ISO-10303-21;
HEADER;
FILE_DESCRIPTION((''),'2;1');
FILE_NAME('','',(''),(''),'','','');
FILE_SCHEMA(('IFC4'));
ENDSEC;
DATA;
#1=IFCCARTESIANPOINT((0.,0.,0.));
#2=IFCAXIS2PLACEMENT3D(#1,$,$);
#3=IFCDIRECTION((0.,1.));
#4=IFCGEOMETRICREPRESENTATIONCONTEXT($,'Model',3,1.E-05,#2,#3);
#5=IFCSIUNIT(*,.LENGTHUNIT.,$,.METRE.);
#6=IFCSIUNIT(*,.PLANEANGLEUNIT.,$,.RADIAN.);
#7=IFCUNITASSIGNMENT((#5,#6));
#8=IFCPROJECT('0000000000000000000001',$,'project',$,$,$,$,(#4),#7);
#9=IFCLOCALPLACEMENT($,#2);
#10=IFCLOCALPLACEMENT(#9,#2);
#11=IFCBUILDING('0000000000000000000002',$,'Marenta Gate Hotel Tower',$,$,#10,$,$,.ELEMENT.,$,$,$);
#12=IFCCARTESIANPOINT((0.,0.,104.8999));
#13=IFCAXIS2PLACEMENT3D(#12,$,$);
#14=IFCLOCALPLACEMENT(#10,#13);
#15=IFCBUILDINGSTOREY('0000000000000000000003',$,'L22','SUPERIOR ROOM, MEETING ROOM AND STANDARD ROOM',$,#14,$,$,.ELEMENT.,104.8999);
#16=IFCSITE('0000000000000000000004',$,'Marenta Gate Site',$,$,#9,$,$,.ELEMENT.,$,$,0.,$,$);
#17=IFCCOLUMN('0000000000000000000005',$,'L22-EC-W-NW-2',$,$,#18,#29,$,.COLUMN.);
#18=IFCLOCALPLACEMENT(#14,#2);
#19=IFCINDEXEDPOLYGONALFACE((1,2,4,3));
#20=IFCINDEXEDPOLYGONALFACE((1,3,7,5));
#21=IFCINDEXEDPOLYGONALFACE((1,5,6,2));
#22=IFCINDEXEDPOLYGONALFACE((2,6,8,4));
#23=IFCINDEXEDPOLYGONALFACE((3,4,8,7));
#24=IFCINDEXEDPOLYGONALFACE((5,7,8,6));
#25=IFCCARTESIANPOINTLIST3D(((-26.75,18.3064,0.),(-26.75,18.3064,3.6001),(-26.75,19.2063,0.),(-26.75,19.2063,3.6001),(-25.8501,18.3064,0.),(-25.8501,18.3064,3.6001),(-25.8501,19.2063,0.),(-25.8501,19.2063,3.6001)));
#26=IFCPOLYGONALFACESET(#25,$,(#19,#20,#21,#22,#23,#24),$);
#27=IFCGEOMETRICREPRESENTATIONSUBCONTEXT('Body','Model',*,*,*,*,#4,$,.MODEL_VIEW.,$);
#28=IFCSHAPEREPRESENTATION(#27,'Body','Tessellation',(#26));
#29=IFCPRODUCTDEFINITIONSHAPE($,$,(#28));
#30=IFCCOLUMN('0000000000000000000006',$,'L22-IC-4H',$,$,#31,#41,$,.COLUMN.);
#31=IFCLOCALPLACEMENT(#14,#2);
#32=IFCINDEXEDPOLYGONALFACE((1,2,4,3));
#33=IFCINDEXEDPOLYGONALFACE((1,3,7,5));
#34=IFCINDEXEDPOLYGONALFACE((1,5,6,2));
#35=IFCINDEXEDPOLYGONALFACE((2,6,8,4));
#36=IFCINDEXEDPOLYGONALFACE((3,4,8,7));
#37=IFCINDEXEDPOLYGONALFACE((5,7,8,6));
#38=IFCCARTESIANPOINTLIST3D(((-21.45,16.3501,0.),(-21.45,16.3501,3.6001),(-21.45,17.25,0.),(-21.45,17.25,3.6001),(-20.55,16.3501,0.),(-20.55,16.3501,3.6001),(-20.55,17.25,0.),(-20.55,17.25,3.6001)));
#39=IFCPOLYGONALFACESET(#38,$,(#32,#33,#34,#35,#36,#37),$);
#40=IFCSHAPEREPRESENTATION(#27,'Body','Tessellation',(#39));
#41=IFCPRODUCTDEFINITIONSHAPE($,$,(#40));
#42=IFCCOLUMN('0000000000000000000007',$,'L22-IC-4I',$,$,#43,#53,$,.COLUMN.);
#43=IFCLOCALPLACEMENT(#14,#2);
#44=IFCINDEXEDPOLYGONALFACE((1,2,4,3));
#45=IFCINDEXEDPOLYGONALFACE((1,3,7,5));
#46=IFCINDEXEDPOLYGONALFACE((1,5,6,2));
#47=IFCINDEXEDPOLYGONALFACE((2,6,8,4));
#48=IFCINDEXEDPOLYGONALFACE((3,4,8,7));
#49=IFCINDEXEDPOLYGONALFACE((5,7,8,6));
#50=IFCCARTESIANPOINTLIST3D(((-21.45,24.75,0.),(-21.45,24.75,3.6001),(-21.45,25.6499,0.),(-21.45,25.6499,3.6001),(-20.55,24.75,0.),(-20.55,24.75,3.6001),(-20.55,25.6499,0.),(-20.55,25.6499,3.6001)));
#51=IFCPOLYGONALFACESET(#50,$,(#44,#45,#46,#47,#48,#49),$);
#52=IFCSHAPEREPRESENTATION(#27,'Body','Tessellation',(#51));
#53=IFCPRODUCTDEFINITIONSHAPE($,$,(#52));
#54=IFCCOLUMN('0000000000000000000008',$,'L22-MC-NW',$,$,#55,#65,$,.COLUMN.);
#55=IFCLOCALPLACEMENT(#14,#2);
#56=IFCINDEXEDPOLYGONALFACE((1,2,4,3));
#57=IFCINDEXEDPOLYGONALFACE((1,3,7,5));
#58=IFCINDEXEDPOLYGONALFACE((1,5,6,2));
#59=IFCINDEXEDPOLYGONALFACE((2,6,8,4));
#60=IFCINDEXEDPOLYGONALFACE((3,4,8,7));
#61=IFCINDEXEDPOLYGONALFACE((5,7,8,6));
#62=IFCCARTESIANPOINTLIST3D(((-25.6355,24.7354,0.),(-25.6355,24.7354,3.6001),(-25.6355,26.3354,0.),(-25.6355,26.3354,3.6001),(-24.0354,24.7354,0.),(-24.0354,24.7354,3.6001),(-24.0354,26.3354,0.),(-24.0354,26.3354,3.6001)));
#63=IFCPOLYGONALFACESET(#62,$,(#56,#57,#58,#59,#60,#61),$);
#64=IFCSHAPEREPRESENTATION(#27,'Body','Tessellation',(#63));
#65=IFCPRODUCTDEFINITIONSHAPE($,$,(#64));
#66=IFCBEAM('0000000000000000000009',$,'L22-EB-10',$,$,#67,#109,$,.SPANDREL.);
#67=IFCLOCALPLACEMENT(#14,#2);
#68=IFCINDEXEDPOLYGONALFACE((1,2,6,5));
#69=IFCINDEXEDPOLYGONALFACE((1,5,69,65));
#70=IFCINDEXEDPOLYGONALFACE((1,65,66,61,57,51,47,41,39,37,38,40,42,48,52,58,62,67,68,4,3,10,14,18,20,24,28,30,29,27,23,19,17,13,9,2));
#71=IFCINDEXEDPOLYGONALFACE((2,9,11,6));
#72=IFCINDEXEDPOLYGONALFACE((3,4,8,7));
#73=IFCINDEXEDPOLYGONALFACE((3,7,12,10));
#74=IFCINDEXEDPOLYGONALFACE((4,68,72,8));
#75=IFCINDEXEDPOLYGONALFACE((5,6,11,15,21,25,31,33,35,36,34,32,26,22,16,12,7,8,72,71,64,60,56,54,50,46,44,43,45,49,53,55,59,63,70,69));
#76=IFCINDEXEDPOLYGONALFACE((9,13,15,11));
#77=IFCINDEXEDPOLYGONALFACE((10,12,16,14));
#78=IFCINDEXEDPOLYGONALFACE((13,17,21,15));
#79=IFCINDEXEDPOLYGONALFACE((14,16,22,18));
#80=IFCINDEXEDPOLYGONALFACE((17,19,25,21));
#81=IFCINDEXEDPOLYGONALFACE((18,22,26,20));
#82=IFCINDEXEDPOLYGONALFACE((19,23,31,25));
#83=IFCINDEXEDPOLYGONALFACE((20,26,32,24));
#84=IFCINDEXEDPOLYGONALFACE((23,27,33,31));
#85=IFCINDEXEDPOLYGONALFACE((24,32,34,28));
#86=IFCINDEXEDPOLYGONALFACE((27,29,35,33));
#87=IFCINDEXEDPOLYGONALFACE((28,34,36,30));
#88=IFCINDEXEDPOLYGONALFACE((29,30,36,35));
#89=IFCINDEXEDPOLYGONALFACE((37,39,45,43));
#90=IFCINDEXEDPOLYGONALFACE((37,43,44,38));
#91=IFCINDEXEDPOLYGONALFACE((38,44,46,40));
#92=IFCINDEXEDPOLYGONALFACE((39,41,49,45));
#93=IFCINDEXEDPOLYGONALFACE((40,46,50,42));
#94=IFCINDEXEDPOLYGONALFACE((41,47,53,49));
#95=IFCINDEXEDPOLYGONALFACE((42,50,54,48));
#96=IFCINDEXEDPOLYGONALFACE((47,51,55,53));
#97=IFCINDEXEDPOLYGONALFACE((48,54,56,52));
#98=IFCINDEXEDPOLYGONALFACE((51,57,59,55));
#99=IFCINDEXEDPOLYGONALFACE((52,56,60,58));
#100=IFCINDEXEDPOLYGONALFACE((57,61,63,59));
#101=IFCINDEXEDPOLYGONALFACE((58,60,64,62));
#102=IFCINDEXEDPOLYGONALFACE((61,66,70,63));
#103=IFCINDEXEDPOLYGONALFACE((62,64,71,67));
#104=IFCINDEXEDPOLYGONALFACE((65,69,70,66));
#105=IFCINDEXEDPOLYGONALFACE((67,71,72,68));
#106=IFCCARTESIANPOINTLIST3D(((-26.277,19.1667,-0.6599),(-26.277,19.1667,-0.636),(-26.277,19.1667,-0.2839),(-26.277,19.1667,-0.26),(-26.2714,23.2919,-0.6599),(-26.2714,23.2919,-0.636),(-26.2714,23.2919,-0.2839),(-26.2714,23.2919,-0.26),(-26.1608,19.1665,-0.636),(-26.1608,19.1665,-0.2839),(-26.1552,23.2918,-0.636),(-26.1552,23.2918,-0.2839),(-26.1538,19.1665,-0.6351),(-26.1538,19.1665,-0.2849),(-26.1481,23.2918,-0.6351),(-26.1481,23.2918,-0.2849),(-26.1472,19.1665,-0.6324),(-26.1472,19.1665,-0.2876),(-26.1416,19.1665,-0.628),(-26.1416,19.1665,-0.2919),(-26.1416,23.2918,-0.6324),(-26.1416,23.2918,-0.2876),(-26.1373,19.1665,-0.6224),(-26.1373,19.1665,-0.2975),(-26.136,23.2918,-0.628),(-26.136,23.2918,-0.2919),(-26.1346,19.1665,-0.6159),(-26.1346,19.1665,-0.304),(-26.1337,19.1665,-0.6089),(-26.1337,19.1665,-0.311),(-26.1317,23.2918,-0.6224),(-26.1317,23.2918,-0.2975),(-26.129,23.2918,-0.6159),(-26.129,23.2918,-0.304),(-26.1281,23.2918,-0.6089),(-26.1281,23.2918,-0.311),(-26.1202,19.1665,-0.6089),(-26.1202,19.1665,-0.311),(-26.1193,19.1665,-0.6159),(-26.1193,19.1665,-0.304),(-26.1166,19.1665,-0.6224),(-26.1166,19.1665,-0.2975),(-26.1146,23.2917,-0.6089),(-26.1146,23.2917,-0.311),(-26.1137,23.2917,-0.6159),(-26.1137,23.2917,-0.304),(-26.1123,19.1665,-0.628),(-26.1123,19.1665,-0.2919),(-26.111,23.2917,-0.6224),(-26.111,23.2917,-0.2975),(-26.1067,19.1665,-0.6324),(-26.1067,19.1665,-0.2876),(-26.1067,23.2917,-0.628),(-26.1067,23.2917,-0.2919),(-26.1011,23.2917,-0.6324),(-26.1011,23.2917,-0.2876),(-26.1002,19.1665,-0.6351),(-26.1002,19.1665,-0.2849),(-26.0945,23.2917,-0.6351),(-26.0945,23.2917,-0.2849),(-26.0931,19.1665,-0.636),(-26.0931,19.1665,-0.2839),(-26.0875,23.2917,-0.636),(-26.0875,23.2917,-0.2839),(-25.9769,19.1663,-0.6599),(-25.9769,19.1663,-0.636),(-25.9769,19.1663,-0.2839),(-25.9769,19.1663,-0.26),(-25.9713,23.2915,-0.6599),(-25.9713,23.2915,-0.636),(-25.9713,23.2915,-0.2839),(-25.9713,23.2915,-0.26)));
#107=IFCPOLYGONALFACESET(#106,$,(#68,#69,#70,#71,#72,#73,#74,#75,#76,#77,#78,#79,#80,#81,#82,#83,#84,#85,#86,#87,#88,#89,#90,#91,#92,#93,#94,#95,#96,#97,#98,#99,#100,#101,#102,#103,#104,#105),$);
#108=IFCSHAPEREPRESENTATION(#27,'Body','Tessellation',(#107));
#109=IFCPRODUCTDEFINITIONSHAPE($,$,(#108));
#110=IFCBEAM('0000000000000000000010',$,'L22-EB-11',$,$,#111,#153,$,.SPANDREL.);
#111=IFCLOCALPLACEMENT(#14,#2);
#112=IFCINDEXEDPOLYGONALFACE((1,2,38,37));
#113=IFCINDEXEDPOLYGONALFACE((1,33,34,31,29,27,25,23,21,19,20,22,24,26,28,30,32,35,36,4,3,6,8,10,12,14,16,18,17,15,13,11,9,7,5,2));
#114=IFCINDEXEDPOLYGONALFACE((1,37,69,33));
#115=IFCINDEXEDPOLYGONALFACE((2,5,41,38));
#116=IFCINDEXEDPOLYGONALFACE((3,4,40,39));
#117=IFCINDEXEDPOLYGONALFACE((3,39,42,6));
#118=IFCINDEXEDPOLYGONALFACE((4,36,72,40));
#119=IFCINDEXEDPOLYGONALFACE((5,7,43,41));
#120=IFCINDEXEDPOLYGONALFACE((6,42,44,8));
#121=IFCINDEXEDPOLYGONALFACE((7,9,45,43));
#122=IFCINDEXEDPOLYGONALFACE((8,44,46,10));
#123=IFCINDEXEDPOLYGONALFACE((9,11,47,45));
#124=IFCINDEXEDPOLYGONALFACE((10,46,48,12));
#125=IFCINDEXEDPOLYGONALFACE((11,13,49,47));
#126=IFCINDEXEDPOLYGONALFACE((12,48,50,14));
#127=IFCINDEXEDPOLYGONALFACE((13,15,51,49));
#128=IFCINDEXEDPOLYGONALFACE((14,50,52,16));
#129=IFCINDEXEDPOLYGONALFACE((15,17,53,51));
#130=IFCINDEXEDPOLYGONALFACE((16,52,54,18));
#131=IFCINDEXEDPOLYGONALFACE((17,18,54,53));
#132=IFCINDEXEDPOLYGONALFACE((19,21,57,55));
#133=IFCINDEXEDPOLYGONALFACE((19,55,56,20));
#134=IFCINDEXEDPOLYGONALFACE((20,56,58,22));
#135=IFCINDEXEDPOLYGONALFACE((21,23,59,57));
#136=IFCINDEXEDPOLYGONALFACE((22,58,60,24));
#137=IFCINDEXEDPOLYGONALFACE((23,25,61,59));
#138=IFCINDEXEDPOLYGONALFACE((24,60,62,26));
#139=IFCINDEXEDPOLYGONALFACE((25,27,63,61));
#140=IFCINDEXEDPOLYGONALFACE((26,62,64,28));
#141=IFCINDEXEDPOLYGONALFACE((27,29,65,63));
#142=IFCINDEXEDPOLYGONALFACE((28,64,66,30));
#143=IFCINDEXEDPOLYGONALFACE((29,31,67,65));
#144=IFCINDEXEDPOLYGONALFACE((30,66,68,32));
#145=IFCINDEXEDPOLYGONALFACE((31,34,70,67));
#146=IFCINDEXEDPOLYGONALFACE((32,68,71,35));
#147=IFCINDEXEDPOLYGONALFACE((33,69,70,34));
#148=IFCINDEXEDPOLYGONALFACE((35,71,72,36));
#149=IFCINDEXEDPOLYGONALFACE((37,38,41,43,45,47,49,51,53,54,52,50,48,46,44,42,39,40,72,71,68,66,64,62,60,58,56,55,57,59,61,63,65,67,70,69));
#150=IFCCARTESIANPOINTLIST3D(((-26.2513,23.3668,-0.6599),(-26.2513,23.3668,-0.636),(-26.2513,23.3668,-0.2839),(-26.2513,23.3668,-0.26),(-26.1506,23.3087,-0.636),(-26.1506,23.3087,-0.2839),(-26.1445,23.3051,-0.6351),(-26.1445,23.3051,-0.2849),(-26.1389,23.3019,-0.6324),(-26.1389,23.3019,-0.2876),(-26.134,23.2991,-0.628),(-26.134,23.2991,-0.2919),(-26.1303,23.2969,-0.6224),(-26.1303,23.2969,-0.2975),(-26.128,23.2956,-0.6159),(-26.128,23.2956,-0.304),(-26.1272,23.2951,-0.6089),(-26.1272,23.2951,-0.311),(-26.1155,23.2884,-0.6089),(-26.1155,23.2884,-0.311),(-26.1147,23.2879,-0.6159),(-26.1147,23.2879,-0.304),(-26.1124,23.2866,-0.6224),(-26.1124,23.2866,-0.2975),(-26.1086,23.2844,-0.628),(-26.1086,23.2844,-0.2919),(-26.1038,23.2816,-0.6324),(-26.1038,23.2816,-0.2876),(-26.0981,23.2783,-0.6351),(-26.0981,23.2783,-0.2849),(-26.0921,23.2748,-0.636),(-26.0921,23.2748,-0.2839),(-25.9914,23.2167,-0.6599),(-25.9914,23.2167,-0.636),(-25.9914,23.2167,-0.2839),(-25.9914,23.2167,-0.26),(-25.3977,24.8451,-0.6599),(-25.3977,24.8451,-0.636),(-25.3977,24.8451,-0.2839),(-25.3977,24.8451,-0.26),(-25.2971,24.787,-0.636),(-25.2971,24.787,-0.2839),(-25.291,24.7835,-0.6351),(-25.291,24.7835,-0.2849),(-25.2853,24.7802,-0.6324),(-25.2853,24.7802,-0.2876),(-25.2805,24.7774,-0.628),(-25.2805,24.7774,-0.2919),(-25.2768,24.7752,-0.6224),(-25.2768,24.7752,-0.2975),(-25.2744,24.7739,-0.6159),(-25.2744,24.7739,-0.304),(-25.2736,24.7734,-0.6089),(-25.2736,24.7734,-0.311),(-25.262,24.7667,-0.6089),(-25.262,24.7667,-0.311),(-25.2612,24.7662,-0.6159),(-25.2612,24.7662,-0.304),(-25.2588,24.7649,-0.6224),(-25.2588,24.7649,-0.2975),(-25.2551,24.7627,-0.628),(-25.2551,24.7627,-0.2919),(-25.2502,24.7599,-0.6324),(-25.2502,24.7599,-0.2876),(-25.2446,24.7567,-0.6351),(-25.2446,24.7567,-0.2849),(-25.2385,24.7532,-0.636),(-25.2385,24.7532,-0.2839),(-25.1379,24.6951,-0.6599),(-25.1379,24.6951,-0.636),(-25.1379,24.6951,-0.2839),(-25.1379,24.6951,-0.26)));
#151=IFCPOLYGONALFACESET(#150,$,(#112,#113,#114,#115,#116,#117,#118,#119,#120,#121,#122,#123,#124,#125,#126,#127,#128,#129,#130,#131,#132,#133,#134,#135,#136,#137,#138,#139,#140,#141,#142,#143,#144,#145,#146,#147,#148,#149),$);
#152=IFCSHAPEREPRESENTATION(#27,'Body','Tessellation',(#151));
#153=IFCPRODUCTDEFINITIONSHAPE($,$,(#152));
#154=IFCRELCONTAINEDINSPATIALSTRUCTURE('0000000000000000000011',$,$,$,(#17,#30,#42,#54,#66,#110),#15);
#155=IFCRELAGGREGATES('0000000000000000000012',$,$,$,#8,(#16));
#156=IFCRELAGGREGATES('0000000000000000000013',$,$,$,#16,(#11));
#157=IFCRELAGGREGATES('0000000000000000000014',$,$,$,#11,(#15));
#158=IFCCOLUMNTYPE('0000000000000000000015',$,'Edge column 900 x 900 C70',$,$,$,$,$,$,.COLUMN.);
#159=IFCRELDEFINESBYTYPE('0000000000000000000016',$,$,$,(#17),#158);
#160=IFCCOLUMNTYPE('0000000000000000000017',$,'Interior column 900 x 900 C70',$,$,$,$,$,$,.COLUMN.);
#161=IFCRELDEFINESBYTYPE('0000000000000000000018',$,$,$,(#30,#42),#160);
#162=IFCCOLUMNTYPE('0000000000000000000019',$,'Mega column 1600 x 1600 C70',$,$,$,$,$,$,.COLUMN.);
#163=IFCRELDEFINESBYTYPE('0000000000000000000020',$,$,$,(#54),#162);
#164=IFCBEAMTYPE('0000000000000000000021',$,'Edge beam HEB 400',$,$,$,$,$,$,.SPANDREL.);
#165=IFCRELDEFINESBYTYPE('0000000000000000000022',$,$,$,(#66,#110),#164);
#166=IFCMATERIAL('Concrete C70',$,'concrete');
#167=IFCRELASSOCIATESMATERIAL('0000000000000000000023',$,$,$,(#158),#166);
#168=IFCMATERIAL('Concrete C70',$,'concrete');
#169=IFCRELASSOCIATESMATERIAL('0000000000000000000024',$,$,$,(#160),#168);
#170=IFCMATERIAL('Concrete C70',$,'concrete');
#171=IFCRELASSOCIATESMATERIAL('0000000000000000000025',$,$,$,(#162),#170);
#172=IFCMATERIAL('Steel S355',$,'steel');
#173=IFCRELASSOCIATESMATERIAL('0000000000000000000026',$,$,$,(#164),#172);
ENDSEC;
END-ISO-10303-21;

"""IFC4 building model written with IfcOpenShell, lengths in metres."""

from ifc_helpers import new_model, si_unit, direction, frame, origin, origin_2d, place, context, subcontext, project, spatial, rectangle, i_section, extrude, material, material_profile, profile_set, type_object, element, save


model = new_model("IFC4")

# Units and contexts
model_context = context("Model", 3, precision=1e-05, world=origin(), true_north=direction((0.0, 1.0)))
body_context = subcontext(model_context, "Body", "Model", "MODEL_VIEW")
ifc_project = project(units=[si_unit("LENGTHUNIT", "METRE"), si_unit("PLANEANGLEUNIT", "RADIAN")], contexts=[model_context])

# Site, building, storey
site_placement = place(None, origin())
site = spatial("IfcSite", under=ifc_project, at=site_placement, Name="Marenta Gate Site", CompositionType="ELEMENT", RefElevation=0.0)
building_placement = place(site_placement, origin())
building = spatial("IfcBuilding", under=site, at=building_placement, Name="Marenta Gate Hotel Tower", CompositionType="ELEMENT")
storey_placement = place(building_placement, frame((0.0, 0.0, 104.8999)))
storey = spatial("IfcBuildingStorey", under=building, at=storey_placement, Name="L22", Description="SUPERIOR ROOM, MEETING ROOM AND STANDARD ROOM", CompositionType="ELEMENT", Elevation=104.8999)

# Columns
ifc_material_1 = material(Name="Concrete C70", Category="concrete")
ifc_material_profile_1 = material_profile(ifc_material_1, rectangle(XDim=0.8999, YDim=0.8999, at=origin_2d()), Name="900 x 900")
ifc_profile_set_1 = profile_set([ifc_material_profile_1], Name="Concrete C70")
column_type_1 = type_object("IfcColumnType", Name="Edge column 900 x 900 C70", PredefinedType="COLUMN", material=ifc_profile_set_1)
column_1_placement = place(storey_placement, frame((-26.3, 18.7563, 0.0), z_axis=(0.0, 0.0, 1.0), x_axis=(1.0, 0.0, 0.0)))
element("IfcColumn", 1, at=column_1_placement, inside=storey, type_object=column_type_1, Name="L22-EC-W-NW-2", PredefinedType="COLUMN", context=body_context, shape_type="SweptSolid", body=[
    extrude(rectangle(XDim=0.8999, YDim=0.8999, at=origin_2d()), origin(), (0.0, 0.0, 1.0), 3.6001),
])
ifc_material_2 = material(Name="Concrete C70", Category="concrete")
ifc_material_profile_2 = material_profile(ifc_material_2, rectangle(XDim=0.8999, YDim=0.8999, at=origin_2d()), Name="900 x 900")
ifc_profile_set_2 = profile_set([ifc_material_profile_2], Name="Concrete C70")
column_type_2 = type_object("IfcColumnType", Name="Interior column 900 x 900 C70", PredefinedType="COLUMN", material=ifc_profile_set_2)
for number, where, z_axis, x_axis, name in (
    (2, (-21.0, 16.8, 0.0), (0.0, 0.0, 1.0), (1.0, 0.0, 0.0), "L22-IC-4H"),
    (3, (-21.0, 25.2, 0.0), (0.0, 0.0, 1.0), (1.0, 0.0, 0.0), "L22-IC-4I"),
):
    element("IfcColumn", number, at=place(storey_placement, frame(where, z_axis=z_axis, x_axis=x_axis)), inside=storey, type_object=column_type_2, Name=name, PredefinedType="COLUMN", context=body_context, shape_type="SweptSolid", body=[
        extrude(rectangle(XDim=0.8999, YDim=0.8999, at=origin_2d()), origin(), (0.0, 0.0, 1.0), 3.6001),
    ])
ifc_material_3 = material(Name="Concrete C70", Category="concrete")
ifc_material_profile_3 = material_profile(ifc_material_3, rectangle(XDim=1.6001, YDim=1.6001, at=origin_2d()), Name="1600 x 1600")
ifc_profile_set_3 = profile_set([ifc_material_profile_3], Name="Concrete C70")
column_type_3 = type_object("IfcColumnType", Name="Mega column 1600 x 1600 C70", PredefinedType="COLUMN", material=ifc_profile_set_3)
column_2_placement = place(storey_placement, frame((-24.8354, 25.5354, 0.0), z_axis=(0.0, 0.0, 1.0), x_axis=(1.0, 0.0, 0.0)))
element("IfcColumn", 4, at=column_2_placement, inside=storey, type_object=column_type_3, Name="L22-MC-NW", PredefinedType="COLUMN", context=body_context, shape_type="SweptSolid", body=[
    extrude(rectangle(XDim=1.6001, YDim=1.6001, at=origin_2d()), origin(), (0.0, 0.0, 1.0), 3.6001),
])

# Beams
ifc_material_4 = material(Name="Steel S355", Category="steel")
ifc_material_profile_4 = material_profile(ifc_material_4, i_section(OverallWidth=0.3, OverallDepth=0.3999, WebThickness=0.0134, FlangeThickness=0.0239, FilletRadius=0.0271, at=origin_2d()), Name="HEB 400")
ifc_profile_set_4 = profile_set([ifc_material_profile_4], Name="Steel S355")
beam_type_1 = type_object("IfcBeamType", Name="Edge beam HEB 400", PredefinedType="SPANDREL", material=ifc_profile_set_4)
beam_1_placement = place(storey_placement, frame((-26.127, 19.1665, -0.46), z_axis=(0.001361, 0.999999, 0.0), x_axis=(-0.999999, 0.001361, 0.0)))
element("IfcBeam", 5, at=beam_1_placement, inside=storey, type_object=beam_type_1, Name="L22-EB-10", PredefinedType="SPANDREL", context=body_context, shape_type="SweptSolid", body=[
    extrude(i_section(OverallWidth=0.3, OverallDepth=0.3999, WebThickness=0.0134, FlangeThickness=0.0239, FilletRadius=0.0271, at=origin_2d()), origin(), (0.0, 0.0, 1.0), 4.1252),
])
beam_2_placement = place(storey_placement, frame((-26.1213, 23.2917, -0.46), z_axis=(0.500015, 0.866016, 0.0), x_axis=(-0.866016, 0.500015, 0.0)))
element("IfcBeam", 6, at=beam_2_placement, inside=storey, type_object=beam_type_1, Name="L22-EB-11", PredefinedType="SPANDREL", context=body_context, shape_type="SweptSolid", body=[
    extrude(i_section(OverallWidth=0.3, OverallDepth=0.3999, WebThickness=0.0134, FlangeThickness=0.0239, FilletRadius=0.0271, at=origin_2d()), origin(), (0.0, 0.0, 1.0), 1.707),
])

save(model, "model.ifc")
